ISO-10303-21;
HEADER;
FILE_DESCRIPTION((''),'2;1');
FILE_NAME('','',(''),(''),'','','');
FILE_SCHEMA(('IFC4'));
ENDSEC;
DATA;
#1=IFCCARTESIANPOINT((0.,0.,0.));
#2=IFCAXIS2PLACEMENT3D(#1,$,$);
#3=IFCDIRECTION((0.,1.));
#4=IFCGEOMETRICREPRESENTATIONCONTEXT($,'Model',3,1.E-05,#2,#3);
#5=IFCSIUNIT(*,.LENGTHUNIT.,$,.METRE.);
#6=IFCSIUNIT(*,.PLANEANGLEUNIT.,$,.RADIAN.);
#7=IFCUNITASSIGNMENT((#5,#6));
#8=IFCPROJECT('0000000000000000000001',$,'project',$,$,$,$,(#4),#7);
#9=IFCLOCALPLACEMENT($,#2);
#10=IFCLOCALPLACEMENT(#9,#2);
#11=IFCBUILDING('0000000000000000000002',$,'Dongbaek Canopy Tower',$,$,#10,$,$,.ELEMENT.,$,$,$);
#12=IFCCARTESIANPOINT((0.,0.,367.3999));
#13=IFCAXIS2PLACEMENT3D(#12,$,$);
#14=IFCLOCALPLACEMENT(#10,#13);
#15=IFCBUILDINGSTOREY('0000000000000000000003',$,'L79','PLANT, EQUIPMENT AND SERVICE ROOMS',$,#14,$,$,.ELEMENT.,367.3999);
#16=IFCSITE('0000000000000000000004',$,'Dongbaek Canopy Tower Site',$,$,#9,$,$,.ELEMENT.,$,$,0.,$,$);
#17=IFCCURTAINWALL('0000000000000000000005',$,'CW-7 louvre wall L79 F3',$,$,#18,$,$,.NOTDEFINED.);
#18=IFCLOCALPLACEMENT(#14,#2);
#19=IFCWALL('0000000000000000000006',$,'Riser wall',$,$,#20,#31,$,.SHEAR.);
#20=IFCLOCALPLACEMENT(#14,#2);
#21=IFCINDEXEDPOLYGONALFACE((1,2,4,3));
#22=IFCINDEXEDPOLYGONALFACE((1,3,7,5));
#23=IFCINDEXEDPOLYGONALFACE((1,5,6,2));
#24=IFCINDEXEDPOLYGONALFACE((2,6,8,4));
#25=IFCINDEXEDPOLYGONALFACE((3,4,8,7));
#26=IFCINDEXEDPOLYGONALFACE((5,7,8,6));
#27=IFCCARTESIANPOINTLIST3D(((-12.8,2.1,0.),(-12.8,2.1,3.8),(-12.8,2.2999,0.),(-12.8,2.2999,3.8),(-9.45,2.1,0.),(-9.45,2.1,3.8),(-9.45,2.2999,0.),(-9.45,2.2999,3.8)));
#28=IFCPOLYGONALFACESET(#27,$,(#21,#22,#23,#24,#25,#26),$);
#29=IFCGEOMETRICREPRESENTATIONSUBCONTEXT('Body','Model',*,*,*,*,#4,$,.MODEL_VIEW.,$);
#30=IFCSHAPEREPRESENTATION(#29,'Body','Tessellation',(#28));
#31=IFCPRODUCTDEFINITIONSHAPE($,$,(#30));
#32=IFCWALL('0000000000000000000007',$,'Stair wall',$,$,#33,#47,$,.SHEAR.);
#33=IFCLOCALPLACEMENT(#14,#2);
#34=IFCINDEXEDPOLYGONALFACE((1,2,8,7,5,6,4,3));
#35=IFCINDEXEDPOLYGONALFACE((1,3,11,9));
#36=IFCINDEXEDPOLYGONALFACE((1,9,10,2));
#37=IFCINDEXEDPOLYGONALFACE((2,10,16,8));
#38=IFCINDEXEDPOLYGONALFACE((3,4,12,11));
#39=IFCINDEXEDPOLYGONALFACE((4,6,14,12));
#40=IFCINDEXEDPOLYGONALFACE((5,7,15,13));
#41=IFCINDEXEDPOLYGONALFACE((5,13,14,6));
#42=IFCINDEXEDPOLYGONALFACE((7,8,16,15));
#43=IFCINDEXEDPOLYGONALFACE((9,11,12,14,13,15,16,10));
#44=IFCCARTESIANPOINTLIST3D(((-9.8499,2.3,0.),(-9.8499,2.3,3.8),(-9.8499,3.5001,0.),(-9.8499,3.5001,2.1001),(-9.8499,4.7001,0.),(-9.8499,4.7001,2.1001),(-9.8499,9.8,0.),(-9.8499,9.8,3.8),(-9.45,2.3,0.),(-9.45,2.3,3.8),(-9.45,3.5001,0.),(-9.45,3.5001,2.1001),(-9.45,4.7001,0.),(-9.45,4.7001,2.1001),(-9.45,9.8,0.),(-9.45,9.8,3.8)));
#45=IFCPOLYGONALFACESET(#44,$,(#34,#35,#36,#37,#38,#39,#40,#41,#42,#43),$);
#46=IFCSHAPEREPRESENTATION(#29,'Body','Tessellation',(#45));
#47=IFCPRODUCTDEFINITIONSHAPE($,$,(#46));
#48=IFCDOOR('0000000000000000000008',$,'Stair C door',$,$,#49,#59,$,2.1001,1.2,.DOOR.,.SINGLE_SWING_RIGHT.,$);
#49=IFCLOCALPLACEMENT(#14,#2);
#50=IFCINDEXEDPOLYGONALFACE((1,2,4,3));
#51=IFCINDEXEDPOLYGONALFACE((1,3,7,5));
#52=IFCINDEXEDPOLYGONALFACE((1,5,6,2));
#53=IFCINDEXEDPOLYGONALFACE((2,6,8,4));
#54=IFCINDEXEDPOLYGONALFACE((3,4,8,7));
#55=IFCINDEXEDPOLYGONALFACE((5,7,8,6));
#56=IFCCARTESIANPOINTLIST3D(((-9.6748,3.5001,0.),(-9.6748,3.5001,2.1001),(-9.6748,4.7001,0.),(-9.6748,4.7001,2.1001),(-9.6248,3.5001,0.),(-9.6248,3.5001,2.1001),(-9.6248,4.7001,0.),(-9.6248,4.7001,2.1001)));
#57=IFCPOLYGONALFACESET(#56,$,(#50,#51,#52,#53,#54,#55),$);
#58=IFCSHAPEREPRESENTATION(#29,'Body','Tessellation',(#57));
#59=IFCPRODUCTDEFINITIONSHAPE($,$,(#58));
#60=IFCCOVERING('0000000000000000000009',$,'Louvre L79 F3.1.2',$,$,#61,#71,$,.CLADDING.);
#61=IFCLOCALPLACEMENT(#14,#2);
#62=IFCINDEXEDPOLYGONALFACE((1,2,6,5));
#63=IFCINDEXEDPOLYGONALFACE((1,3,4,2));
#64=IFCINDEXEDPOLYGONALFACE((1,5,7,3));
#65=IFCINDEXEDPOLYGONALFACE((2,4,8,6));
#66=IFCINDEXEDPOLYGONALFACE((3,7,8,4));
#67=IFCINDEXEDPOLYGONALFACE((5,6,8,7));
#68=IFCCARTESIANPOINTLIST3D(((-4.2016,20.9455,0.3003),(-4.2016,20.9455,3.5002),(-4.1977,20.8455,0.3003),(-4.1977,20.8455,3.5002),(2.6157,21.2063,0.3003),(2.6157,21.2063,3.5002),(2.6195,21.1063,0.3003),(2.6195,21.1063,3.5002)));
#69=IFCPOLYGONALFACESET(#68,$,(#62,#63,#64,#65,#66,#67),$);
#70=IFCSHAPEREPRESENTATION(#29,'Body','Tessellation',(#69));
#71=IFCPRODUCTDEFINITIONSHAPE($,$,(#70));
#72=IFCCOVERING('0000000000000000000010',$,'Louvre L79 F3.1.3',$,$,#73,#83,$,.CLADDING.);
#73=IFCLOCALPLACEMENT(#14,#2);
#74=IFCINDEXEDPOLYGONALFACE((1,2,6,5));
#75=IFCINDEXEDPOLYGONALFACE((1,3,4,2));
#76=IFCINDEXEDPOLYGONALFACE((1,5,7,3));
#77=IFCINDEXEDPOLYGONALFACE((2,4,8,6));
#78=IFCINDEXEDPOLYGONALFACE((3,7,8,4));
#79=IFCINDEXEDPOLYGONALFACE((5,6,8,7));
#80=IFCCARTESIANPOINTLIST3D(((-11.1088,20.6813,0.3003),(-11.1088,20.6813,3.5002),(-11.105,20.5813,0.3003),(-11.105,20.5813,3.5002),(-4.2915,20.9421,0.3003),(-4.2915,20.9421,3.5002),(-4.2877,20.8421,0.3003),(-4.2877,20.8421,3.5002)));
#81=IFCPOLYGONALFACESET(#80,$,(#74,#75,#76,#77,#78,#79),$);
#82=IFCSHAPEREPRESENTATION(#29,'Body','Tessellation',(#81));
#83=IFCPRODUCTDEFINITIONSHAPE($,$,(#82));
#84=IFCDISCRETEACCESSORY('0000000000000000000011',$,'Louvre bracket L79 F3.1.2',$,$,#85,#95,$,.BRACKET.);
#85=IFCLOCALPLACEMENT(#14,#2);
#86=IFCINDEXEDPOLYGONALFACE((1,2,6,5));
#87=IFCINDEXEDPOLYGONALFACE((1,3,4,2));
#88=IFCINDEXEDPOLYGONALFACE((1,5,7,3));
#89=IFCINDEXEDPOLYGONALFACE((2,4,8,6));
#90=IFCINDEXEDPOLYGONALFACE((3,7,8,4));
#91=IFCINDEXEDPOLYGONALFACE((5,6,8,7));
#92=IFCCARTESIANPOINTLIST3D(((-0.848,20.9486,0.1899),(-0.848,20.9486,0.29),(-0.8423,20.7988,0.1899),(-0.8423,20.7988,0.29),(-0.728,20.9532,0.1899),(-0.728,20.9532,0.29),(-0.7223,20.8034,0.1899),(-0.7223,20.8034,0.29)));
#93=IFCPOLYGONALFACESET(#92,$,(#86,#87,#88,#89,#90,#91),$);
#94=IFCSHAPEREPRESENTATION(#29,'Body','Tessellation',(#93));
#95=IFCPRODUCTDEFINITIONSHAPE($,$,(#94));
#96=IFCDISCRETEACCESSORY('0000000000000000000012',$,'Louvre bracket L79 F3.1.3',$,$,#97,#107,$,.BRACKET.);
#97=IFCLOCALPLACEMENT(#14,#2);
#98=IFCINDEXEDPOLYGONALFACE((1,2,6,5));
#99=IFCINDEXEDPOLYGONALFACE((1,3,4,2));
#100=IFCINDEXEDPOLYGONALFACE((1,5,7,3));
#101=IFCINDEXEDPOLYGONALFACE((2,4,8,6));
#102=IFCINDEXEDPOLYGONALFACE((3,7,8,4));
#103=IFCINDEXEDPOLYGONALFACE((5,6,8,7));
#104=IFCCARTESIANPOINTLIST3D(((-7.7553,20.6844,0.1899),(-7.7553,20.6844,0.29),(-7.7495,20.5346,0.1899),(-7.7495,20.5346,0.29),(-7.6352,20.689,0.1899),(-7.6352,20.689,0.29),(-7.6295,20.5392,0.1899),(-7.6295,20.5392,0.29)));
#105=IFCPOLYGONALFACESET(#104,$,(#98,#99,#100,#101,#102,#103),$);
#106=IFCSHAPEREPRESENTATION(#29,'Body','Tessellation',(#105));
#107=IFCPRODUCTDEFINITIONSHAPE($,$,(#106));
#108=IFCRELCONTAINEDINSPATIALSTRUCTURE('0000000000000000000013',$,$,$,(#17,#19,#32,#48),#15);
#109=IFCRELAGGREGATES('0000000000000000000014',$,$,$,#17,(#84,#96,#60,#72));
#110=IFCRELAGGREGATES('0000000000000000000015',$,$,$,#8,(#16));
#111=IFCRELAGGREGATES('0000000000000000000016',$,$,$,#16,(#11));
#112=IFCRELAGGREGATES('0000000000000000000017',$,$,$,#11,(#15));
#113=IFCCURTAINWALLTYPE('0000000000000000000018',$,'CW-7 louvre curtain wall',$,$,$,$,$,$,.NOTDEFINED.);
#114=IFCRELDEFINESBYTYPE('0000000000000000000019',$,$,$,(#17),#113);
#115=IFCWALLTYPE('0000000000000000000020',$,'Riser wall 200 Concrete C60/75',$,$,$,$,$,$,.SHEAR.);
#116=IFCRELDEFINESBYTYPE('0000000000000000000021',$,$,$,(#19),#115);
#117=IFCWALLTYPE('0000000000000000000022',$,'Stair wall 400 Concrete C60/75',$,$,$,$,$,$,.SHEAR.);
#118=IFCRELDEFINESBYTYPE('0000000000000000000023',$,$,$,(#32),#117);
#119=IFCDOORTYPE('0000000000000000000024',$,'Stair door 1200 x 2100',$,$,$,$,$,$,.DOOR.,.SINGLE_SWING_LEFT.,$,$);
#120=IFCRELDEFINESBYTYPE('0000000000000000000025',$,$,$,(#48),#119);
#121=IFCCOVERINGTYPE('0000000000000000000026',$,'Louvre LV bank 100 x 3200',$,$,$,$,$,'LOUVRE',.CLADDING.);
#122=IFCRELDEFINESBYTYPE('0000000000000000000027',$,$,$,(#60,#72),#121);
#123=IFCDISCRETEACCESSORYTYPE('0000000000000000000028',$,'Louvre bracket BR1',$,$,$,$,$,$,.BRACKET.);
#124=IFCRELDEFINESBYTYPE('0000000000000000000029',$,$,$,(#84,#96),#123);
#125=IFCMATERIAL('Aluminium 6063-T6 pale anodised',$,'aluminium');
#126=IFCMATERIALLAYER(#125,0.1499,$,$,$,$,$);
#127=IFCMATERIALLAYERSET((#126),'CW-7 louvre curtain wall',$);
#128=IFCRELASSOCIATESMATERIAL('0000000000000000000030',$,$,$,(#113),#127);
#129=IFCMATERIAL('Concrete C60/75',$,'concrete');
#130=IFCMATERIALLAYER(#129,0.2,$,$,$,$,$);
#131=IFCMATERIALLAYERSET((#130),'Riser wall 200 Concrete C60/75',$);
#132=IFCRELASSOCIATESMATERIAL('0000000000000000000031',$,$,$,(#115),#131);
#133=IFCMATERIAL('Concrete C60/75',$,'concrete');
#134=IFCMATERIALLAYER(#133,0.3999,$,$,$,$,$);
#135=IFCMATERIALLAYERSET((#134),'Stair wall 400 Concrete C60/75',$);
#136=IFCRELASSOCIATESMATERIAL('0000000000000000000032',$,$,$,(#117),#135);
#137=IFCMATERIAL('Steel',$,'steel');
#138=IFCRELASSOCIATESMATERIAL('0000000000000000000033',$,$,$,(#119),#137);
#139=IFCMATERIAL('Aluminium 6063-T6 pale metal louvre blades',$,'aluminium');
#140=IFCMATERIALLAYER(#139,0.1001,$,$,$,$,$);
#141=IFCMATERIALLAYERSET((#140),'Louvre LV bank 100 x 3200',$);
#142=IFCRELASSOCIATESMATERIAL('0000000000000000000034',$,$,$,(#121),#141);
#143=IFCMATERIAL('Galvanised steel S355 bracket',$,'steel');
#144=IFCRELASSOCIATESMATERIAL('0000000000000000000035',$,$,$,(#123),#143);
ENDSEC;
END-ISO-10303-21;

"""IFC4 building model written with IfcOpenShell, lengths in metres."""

from ifc_helpers import new_model, si_unit, direction, frame, frame_2d, origin, origin_2d, place, context, subcontext, project, spatial, rectangle, extrude, material, layer, layer_set, type_object, element, fill, aggregate, save


model = new_model("IFC4")

# Units and contexts
model_context = context("Model", 3, precision=1e-05, world=origin(), true_north=direction((0.0, 1.0)))
body_context = subcontext(model_context, "Body", "Model", "MODEL_VIEW")
ifc_project = project(units=[si_unit("LENGTHUNIT", "METRE"), si_unit("PLANEANGLEUNIT", "RADIAN")], contexts=[model_context])

# Site, building, storey
site_placement = place(None, origin())
site = spatial("IfcSite", under=ifc_project, at=site_placement, Name="Dongbaek Canopy Tower Site", CompositionType="ELEMENT", RefElevation=0.0)
building_placement = place(site_placement, origin())
building = spatial("IfcBuilding", under=site, at=building_placement, Name="Dongbaek Canopy Tower", CompositionType="ELEMENT")
storey_placement = place(building_placement, frame((0.0, 0.0, 367.3999)))
storey = spatial("IfcBuildingStorey", under=building, at=storey_placement, Name="L79", Description="PLANT, EQUIPMENT AND SERVICE ROOMS", CompositionType="ELEMENT", Elevation=367.3999)

# Curtain wall
ifc_material_1 = material(Name="Aluminium 6063-T6 pale anodised", Category="aluminium")
ifc_layer_1 = layer(ifc_material_1, 0.1499)
ifc_layer_set_1 = layer_set([ifc_layer_1], Name="CW-7 louvre curtain wall")
curtain_wall_type = type_object("IfcCurtainWallType", Name="CW-7 louvre curtain wall", PredefinedType="NOTDEFINED", material=ifc_layer_set_1)
curtain_wall_placement = place(storey_placement, origin())
curtain_wall = element("IfcCurtainWall", 1, at=curtain_wall_placement, inside=storey, type_object=curtain_wall_type, Name="CW-7 louvre wall L79 F3", PredefinedType="NOTDEFINED")

# Wall
ifc_material_2 = material(Name="Concrete C60/75", Category="concrete")
ifc_layer_2 = layer(ifc_material_2, 0.2)
ifc_layer_set_2 = layer_set([ifc_layer_2], Name="Riser wall 200 Concrete C60/75")
wall_type_1 = type_object("IfcWallType", Name="Riser wall 200 Concrete C60/75", PredefinedType="SHEAR", material=ifc_layer_set_2)
wall_1_placement = place(storey_placement, frame((-9.45, 2.2, 0.0), z_axis=(0.0, 0.0, 1.0), x_axis=(-1.0, 0.0, 0.0)))
element("IfcWall", 2, at=wall_1_placement, inside=storey, type_object=wall_type_1, Name="Riser wall", PredefinedType="SHEAR", context=body_context, shape_type="SweptSolid", body=[
    extrude(rectangle(XDim=3.3501, YDim=0.2, at=frame_2d((1.675, 0.0))), origin(), (0.0, 0.0, 1.0), 3.8),
])

# Wall, opening, door
ifc_material_3 = material(Name="Concrete C60/75", Category="concrete")
ifc_layer_3 = layer(ifc_material_3, 0.3999)
ifc_layer_set_3 = layer_set([ifc_layer_3], Name="Stair wall 400 Concrete C60/75")
wall_type_2 = type_object("IfcWallType", Name="Stair wall 400 Concrete C60/75", PredefinedType="SHEAR", material=ifc_layer_set_3)
wall_2_placement = place(storey_placement, frame((-9.6499, 2.3, 0.0), z_axis=(0.0, 0.0, 1.0), x_axis=(0.0, 1.0, 0.0)))
wall_2 = element("IfcWall", 3, at=wall_2_placement, inside=storey, type_object=wall_type_2, Name="Stair wall", PredefinedType="SHEAR", context=body_context, shape_type="SweptSolid", body=[
    extrude(rectangle(XDim=7.5, YDim=0.3999, at=frame_2d((3.75, 0.0))), origin(), (0.0, 0.0, 1.0), 3.8),
])
opening_1_placement = place(wall_2_placement, frame((1.2, 0.0, 0.0)))
opening_1 = element("IfcOpeningElement", 4, at=opening_1_placement, cuts=wall_2, PredefinedType="OPENING", context=body_context, shape_type="SweptSolid", body=[
    extrude(rectangle(XDim=1.2, YDim=2.1001, at=frame_2d((0.6001, 1.05))), frame((0.0, 0.21, 0.0), z_axis=(0.0, -1.0, 0.0), x_axis=(1.0, 0.0, 0.0)), (0.0, 0.0, 1.0), 0.4199),
])
ifc_material_4 = material(Name="Steel", Category="steel")
door_type_1 = type_object("IfcDoorType", Name="Stair door 1200 x 2100", OperationType="SINGLE_SWING_LEFT", PredefinedType="DOOR", material=ifc_material_4)
door_1_placement = place(opening_1_placement, origin())
door_1 = element("IfcDoor", 5, at=door_1_placement, inside=storey, type_object=door_type_1, Name="Stair C door", OperationType="SINGLE_SWING_RIGHT", OverallHeight=2.1001, OverallWidth=1.2, PredefinedType="DOOR", context=body_context, shape_type="SweptSolid", body=[
    extrude(rectangle(XDim=1.2, YDim=2.1001, at=frame_2d((0.6001, 1.05))), frame((0.0, 0.0249, 0.0), z_axis=(0.0, -1.0, 0.0), x_axis=(1.0, 0.0, 0.0)), (0.0, 0.0, 1.0), 0.05),
])
fill(opening_1, door_1)

# Coverings
ifc_material_5 = material(Name="Aluminium 6063-T6 pale metal louvre blades", Category="aluminium")
ifc_layer_4 = layer(ifc_material_5, 0.1001)
ifc_layer_set_4 = layer_set([ifc_layer_4], Name="Louvre LV bank 100 x 3200")
covering_type = type_object("IfcCoveringType", Name="Louvre LV bank 100 x 3200", ElementType="LOUVRE", PredefinedType="CLADDING", material=ifc_layer_set_4)
covering_1_placement = place(storey_placement, frame((-0.791, 21.0259, 0.3003), z_axis=(0.0, 0.0, 1.0), x_axis=(-0.999269, -0.038232, 0.0)))
covering_1 = element("IfcCovering", 6, at=covering_1_placement, type_object=covering_type, Name="Louvre L79 F3.1.2", PredefinedType="CLADDING", context=body_context, shape_type="SweptSolid", body=[
    extrude(rectangle(XDim=6.8223, YDim=0.1001, at=origin_2d()), origin(), (0.0, 0.0, 1.0), 3.2),
])
covering_2_placement = place(storey_placement, frame((-7.6982, 20.7617, 0.3003), z_axis=(0.0, 0.0, 1.0), x_axis=(-0.999269, -0.038232, 0.0)))
covering_2 = element("IfcCovering", 7, at=covering_2_placement, type_object=covering_type, Name="Louvre L79 F3.1.3", PredefinedType="CLADDING", context=body_context, shape_type="SweptSolid", body=[
    extrude(rectangle(XDim=6.8223, YDim=0.1001, at=origin_2d()), origin(), (0.0, 0.0, 1.0), 3.2),
])

# Discrete accessories
ifc_material_6 = material(Name="Galvanised steel S355 bracket", Category="steel")
discrete_accessory_type = type_object("IfcDiscreteAccessoryType", Name="Louvre bracket BR1", PredefinedType="BRACKET", material=ifc_material_6)
discrete_accessory_1_placement = place(storey_placement, frame((-0.7852, 20.876, 0.1899), z_axis=(0.0, 0.0, 1.0), x_axis=(-0.999269, -0.038232, 0.0)))
discrete_accessory_1 = element("IfcDiscreteAccessory", 8, at=discrete_accessory_1_placement, type_object=discrete_accessory_type, Name="Louvre bracket L79 F3.1.2", PredefinedType="BRACKET", context=body_context, shape_type="SweptSolid", body=[
    extrude(rectangle(XDim=0.1201, YDim=0.1499, at=origin_2d()), origin(), (0.0, 0.0, 1.0), 0.1001),
])
discrete_accessory_2_placement = place(storey_placement, frame((-7.6924, 20.6118, 0.1899), z_axis=(0.0, 0.0, 1.0), x_axis=(-0.999269, -0.038232, 0.0)))
discrete_accessory_2 = element("IfcDiscreteAccessory", 9, at=discrete_accessory_2_placement, type_object=discrete_accessory_type, Name="Louvre bracket L79 F3.1.3", PredefinedType="BRACKET", context=body_context, shape_type="SweptSolid", body=[
    extrude(rectangle(XDim=0.1201, YDim=0.1499, at=origin_2d()), origin(), (0.0, 0.0, 1.0), 0.1001),
])
aggregate(curtain_wall, [discrete_accessory_1, discrete_accessory_2, covering_1, covering_2])

save(model, "model.ifc")
